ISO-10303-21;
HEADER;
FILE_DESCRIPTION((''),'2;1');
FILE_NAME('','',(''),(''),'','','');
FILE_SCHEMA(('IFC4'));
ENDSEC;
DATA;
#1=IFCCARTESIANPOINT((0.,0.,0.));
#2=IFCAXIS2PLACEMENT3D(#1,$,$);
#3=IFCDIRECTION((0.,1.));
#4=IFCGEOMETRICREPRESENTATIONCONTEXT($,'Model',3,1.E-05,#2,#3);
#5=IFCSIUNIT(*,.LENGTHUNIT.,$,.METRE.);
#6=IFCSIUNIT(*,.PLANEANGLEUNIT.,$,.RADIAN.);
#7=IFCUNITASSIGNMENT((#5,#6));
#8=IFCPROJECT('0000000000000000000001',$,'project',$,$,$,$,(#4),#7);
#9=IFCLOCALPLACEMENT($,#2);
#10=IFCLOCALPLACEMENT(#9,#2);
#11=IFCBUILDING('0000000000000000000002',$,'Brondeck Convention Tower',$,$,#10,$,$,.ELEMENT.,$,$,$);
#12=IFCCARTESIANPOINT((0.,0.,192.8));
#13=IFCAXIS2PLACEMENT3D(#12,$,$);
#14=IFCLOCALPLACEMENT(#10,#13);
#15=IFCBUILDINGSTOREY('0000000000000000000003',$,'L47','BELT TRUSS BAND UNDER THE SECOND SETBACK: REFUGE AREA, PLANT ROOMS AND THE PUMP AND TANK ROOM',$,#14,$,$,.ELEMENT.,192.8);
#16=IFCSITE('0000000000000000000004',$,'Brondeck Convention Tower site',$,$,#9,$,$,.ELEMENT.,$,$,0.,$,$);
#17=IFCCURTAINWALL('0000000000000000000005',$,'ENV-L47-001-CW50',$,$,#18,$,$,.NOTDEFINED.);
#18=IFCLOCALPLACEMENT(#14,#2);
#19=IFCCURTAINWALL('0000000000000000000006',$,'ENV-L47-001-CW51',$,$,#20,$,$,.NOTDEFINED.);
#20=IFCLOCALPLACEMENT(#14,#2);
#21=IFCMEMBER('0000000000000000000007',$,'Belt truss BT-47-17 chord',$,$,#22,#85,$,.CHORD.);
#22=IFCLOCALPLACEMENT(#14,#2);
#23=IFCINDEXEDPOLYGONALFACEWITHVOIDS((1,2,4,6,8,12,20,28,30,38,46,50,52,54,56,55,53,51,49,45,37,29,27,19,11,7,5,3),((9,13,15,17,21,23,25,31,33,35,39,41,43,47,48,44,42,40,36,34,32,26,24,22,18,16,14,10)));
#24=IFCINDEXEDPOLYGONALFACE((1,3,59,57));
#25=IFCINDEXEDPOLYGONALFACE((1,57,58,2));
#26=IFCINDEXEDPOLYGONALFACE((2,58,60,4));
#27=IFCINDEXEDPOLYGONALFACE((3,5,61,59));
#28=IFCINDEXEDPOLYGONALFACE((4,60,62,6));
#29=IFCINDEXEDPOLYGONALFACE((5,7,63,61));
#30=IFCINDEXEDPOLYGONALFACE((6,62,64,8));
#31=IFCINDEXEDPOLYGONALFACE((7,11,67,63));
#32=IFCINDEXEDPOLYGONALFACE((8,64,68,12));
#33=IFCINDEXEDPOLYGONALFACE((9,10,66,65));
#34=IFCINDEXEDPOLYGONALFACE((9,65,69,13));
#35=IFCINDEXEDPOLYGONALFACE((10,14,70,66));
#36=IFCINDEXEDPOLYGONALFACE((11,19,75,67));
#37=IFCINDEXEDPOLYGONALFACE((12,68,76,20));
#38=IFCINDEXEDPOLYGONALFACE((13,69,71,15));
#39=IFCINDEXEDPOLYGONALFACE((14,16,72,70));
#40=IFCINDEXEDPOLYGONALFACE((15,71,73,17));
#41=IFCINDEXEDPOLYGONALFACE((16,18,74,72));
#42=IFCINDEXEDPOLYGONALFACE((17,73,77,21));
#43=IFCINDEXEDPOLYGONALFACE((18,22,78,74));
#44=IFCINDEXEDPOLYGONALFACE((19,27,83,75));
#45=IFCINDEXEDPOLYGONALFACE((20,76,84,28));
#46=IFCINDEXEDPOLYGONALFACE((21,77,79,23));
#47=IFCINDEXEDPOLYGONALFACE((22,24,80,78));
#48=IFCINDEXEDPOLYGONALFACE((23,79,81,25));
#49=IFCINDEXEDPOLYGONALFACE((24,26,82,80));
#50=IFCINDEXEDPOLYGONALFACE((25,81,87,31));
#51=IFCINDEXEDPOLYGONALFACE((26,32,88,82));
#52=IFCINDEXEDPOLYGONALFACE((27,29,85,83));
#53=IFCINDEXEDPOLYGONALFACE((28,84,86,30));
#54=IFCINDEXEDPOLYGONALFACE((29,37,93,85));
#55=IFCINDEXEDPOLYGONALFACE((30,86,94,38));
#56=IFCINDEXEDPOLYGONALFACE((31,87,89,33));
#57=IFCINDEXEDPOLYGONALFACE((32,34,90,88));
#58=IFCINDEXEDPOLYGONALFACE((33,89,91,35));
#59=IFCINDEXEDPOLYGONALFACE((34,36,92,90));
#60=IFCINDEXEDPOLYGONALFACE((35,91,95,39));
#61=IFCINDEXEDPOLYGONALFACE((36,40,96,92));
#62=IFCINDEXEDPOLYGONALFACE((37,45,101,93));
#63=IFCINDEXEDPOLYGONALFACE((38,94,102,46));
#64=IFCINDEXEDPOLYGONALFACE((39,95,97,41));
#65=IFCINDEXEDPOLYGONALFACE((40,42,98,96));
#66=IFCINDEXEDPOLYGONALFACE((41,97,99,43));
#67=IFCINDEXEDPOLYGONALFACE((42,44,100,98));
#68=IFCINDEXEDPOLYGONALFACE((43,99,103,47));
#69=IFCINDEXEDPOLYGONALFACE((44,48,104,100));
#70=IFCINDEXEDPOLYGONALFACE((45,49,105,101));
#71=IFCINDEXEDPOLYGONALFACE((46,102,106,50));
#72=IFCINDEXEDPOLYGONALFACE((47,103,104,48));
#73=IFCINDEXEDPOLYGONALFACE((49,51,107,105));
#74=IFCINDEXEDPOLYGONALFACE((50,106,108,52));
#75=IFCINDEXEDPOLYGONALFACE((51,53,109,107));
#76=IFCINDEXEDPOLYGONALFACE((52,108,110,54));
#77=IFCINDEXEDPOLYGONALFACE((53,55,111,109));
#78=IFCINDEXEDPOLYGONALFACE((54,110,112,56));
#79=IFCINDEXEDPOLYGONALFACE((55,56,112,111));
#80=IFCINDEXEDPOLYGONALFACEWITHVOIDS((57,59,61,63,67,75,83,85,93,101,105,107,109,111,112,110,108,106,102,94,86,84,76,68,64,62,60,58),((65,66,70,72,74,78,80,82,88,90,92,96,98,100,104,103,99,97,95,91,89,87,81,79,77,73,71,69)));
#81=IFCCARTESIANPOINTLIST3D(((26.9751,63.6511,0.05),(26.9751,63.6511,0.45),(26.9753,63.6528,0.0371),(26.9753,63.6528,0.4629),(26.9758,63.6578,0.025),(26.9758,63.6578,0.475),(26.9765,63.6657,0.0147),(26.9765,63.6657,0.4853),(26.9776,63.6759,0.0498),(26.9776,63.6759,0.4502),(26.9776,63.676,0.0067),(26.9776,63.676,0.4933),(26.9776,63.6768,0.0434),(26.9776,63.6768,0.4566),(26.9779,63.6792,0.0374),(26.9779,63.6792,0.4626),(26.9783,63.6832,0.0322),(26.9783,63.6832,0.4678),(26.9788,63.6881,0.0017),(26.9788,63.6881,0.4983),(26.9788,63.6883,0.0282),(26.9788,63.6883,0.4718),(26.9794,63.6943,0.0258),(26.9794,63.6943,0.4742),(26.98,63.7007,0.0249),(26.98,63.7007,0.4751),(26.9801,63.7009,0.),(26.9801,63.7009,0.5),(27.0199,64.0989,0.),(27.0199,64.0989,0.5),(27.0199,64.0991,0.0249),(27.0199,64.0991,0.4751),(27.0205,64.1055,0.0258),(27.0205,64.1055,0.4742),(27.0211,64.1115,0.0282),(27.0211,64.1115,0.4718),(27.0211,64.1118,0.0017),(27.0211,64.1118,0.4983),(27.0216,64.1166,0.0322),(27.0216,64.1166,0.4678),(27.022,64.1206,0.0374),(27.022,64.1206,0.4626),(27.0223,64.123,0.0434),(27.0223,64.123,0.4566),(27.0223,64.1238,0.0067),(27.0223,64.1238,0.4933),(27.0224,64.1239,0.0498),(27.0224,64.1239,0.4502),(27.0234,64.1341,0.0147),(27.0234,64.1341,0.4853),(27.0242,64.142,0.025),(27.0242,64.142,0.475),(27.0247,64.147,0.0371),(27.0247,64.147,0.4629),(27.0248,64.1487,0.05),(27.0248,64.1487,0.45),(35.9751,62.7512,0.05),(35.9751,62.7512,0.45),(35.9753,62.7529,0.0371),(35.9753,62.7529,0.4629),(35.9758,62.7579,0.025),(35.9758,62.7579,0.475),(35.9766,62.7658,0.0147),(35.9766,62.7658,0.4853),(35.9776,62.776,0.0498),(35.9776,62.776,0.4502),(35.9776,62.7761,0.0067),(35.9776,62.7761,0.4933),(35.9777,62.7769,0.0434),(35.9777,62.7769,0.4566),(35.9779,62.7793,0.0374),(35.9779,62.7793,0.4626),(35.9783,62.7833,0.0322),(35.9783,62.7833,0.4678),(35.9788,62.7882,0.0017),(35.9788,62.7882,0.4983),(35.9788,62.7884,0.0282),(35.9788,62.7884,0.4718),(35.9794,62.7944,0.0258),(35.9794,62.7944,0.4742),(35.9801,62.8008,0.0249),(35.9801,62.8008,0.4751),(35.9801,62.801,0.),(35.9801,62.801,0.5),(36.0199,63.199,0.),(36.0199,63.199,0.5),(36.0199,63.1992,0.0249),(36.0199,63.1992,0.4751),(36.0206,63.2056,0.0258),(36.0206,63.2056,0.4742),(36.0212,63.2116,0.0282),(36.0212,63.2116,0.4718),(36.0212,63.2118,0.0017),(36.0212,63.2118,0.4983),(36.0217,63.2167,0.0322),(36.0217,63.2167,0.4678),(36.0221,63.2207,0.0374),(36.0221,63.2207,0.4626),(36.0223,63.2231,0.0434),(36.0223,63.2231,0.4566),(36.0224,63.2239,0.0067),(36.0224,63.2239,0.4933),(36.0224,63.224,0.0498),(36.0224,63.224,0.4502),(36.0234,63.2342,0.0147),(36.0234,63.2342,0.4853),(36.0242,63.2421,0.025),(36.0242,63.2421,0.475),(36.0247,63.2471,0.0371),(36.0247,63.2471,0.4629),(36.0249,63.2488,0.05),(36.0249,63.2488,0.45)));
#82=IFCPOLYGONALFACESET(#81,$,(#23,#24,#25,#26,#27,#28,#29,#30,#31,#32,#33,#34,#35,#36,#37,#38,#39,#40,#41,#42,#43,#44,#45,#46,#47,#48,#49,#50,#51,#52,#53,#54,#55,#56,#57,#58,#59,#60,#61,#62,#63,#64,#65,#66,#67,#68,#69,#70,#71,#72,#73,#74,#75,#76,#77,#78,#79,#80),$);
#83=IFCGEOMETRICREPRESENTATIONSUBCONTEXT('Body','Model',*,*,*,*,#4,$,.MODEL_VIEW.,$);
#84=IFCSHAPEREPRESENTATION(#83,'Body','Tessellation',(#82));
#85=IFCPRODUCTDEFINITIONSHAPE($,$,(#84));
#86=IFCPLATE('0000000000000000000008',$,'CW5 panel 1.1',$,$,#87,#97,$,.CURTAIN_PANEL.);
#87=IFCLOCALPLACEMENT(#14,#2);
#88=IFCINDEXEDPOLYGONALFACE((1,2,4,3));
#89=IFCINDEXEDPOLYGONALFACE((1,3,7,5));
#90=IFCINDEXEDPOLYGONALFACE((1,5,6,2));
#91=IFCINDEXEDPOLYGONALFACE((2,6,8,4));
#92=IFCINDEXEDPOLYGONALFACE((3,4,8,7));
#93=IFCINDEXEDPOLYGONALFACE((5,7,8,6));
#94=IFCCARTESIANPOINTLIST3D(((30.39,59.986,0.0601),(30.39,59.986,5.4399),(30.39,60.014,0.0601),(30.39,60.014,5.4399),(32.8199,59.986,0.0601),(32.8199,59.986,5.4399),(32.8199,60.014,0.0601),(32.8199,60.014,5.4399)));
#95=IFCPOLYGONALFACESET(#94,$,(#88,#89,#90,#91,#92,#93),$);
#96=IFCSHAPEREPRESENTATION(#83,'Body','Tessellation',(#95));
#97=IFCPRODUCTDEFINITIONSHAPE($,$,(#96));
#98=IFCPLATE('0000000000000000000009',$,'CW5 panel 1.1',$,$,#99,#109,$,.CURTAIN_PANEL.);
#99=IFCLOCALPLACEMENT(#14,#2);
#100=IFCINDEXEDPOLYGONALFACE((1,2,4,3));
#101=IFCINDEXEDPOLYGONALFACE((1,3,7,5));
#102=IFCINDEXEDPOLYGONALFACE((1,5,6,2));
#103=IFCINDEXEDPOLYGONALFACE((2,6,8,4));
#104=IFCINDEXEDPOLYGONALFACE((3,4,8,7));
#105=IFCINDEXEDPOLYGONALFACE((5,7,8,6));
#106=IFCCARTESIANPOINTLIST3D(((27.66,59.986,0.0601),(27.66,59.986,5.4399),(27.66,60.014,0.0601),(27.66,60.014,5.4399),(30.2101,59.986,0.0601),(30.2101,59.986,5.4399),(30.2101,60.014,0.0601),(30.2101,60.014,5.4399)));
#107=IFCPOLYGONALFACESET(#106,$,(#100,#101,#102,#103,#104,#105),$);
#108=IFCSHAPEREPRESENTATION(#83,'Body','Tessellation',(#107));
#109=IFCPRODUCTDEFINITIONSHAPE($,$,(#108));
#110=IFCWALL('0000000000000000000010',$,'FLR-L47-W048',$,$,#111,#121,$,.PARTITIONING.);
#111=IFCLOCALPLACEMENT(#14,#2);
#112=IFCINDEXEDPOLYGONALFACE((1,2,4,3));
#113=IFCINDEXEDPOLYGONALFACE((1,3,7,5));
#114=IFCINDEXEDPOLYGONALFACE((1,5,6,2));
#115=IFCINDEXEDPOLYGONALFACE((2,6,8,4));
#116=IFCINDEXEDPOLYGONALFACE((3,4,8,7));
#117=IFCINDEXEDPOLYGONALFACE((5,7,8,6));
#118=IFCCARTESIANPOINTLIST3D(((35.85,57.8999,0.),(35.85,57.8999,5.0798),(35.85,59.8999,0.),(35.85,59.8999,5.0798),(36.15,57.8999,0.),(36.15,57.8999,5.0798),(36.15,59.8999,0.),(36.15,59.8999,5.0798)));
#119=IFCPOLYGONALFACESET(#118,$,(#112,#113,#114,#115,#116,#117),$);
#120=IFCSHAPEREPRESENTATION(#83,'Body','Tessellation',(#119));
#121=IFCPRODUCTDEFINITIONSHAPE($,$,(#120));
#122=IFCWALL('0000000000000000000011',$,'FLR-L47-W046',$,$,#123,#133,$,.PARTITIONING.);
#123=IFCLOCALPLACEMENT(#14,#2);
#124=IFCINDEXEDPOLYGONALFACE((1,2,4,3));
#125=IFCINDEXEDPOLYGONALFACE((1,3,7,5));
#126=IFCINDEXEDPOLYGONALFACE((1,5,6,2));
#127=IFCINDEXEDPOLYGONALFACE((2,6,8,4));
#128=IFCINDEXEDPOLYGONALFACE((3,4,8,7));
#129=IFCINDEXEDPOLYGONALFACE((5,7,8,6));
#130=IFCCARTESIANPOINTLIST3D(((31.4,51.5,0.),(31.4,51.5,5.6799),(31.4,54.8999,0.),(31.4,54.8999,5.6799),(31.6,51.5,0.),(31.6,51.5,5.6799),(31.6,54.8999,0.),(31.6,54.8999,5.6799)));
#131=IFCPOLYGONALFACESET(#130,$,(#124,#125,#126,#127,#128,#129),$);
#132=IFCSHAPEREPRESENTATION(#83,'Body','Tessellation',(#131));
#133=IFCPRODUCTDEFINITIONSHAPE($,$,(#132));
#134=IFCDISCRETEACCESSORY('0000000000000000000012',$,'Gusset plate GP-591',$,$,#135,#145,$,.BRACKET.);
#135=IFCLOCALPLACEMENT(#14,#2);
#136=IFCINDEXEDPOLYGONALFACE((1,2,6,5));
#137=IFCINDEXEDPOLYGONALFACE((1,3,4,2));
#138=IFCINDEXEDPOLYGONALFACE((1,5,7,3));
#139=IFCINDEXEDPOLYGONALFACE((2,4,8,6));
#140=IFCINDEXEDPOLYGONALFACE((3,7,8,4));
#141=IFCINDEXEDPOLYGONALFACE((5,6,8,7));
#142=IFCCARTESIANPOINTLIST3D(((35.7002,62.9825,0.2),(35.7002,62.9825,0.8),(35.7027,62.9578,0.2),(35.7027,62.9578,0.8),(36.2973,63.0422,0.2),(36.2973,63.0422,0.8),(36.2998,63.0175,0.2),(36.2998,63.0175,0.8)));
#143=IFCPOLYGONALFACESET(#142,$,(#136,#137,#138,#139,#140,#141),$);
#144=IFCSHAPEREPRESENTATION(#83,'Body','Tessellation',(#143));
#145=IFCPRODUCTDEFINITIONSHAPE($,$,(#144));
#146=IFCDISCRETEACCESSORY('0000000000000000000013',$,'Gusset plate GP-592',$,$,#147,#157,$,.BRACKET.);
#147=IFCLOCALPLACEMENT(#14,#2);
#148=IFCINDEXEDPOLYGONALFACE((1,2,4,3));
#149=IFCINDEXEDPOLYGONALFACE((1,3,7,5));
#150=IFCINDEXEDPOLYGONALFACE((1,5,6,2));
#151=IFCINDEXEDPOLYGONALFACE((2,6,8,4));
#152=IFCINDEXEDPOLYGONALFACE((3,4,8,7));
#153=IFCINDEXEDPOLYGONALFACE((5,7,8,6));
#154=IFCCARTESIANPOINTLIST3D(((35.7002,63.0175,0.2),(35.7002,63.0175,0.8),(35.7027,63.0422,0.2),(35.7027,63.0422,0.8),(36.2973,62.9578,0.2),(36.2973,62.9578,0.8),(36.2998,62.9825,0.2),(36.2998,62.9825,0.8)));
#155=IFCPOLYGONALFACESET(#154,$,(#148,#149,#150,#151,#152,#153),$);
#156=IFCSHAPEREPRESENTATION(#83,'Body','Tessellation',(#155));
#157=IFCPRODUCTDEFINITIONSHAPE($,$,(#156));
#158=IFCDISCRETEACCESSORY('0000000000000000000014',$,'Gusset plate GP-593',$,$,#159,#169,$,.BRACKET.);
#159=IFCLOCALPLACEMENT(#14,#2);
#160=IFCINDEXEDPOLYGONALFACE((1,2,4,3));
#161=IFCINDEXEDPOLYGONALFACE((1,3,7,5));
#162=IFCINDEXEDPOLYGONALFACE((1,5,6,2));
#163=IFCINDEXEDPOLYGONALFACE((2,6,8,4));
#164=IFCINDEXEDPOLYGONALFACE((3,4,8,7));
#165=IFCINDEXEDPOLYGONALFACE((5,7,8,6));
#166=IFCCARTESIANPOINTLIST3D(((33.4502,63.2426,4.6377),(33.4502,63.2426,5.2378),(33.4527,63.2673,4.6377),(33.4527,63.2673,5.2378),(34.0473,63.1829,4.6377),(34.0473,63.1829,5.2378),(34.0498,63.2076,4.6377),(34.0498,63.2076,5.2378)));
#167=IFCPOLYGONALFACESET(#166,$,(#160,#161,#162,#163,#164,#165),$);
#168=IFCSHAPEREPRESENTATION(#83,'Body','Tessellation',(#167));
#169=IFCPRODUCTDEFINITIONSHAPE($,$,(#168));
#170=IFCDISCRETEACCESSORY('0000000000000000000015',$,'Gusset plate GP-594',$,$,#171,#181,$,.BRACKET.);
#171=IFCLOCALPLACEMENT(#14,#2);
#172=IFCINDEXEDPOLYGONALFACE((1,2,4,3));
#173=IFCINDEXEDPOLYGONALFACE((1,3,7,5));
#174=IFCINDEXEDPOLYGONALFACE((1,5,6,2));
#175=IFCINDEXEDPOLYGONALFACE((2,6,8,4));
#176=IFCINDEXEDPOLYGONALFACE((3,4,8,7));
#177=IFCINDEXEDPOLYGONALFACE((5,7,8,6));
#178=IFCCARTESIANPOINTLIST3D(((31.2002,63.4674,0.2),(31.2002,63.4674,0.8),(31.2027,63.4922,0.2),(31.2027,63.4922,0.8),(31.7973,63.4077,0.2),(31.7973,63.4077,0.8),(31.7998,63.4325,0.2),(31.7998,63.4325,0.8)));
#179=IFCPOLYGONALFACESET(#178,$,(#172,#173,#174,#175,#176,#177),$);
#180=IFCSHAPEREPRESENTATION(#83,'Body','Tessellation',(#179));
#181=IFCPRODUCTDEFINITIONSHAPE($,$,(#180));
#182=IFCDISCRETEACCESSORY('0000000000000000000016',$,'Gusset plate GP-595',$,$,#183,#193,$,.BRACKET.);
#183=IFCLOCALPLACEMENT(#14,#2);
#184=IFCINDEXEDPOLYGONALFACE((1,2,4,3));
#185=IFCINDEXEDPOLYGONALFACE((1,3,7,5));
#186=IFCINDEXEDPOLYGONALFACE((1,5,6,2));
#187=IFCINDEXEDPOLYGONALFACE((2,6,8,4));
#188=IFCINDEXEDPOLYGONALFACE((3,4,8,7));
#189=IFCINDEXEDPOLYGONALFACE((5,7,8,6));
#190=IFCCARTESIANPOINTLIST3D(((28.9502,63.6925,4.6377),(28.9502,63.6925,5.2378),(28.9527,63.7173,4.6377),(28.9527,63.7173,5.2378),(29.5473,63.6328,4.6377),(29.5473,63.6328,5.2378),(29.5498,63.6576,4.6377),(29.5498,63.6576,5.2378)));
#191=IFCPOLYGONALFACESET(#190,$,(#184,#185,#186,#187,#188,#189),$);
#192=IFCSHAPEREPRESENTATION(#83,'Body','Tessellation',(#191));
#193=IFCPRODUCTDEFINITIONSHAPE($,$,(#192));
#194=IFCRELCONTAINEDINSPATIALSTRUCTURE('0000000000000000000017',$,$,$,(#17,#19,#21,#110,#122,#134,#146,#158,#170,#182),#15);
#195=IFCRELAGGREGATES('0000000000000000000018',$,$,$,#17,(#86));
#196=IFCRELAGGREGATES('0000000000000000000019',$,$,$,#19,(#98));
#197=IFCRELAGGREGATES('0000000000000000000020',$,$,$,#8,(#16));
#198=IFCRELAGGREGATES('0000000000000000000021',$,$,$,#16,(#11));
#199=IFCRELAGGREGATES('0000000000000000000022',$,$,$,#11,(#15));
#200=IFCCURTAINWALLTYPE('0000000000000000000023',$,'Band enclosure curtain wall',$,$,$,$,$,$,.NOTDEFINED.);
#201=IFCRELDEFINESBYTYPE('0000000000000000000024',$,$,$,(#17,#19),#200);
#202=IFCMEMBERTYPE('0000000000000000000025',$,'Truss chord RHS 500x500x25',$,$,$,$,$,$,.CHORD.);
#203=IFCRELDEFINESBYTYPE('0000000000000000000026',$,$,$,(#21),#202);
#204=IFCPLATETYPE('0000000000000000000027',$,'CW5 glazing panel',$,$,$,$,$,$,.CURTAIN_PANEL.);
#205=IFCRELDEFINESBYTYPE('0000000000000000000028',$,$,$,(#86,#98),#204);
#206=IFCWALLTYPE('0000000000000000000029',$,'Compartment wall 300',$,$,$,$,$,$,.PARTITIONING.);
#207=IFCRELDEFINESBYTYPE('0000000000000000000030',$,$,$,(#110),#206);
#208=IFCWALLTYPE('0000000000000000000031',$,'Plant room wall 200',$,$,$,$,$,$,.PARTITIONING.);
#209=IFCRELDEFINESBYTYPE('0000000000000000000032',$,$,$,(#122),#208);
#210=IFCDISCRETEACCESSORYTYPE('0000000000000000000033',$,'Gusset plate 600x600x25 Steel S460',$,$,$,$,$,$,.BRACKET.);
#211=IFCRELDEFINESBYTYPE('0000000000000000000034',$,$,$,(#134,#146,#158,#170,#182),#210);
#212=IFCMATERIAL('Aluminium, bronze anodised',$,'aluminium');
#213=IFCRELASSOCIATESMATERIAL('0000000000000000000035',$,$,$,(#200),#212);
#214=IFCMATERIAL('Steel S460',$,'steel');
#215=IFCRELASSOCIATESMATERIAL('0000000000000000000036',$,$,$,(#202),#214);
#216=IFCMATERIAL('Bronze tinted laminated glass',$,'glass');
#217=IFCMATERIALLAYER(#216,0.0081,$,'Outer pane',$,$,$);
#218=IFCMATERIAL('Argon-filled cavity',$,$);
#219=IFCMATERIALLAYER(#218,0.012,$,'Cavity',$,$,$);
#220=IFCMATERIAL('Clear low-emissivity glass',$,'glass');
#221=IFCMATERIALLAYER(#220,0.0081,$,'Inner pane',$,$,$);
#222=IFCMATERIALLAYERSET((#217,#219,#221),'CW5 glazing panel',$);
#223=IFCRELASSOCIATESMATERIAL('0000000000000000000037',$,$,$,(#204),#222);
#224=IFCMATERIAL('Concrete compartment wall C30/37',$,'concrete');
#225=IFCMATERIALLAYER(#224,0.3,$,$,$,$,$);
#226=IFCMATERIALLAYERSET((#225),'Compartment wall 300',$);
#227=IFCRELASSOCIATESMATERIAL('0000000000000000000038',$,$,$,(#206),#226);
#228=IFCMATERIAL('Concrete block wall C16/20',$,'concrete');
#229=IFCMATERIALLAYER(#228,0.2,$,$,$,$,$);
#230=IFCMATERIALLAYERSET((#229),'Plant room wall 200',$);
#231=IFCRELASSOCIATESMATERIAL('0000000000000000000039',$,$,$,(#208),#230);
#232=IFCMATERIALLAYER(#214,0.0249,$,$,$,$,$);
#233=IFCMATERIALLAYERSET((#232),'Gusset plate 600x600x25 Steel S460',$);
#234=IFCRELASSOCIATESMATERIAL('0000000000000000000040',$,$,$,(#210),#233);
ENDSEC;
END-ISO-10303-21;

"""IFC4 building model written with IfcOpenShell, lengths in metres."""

from ifc_helpers import new_model, si_unit, direction, frame, frame_2d, origin, origin_2d, place, context, subcontext, project, spatial, rectangle, hollow_rectangle, extrude, material, layer, layer_set, material_profile, profile_set, type_object, element, aggregate, save


model = new_model("IFC4")

# Units and contexts
model_context = context("Model", 3, precision=1e-05, world=origin(), true_north=direction((0.0, 1.0)))
body_context = subcontext(model_context, "Body", "Model", "MODEL_VIEW")
ifc_project = project(units=[si_unit("LENGTHUNIT", "METRE"), si_unit("PLANEANGLEUNIT", "RADIAN")], contexts=[model_context])

# Site, building, storey
site_placement = place(None, origin())
site = spatial("IfcSite", under=ifc_project, at=site_placement, Name="Brondeck Convention Tower site", CompositionType="ELEMENT", RefElevation=0.0)
building_placement = place(site_placement, origin())
building = spatial("IfcBuilding", under=site, at=building_placement, Name="Brondeck Convention Tower", CompositionType="ELEMENT")
storey_placement = place(building_placement, frame((0.0, 0.0, 192.8)))
storey = spatial("IfcBuildingStorey", under=building, at=storey_placement, Name="L47", Description="BELT TRUSS BAND UNDER THE SECOND SETBACK: REFUGE AREA, PLANT ROOMS AND THE PUMP AND TANK ROOM", CompositionType="ELEMENT", Elevation=192.8)

# Curtain walls
ifc_material_1 = material(Name="Aluminium, bronze anodised", Category="aluminium")
curtain_wall_type = type_object("IfcCurtainWallType", Name="Band enclosure curtain wall", PredefinedType="NOTDEFINED", material=ifc_material_1)
curtain_wall_1_placement = place(storey_placement, origin())
curtain_wall_1 = element("IfcCurtainWall", 1, at=curtain_wall_1_placement, inside=storey, type_object=curtain_wall_type, Name="ENV-L47-001-CW50", PredefinedType="NOTDEFINED")
curtain_wall_2_placement = place(storey_placement, origin())
curtain_wall_2 = element("IfcCurtainWall", 2, at=curtain_wall_2_placement, inside=storey, type_object=curtain_wall_type, Name="ENV-L47-001-CW51", PredefinedType="NOTDEFINED")

# Shared definitions
ifc_material_2 = material(Name="Steel S460", Category="steel")

# Member
ifc_material_profile_1 = material_profile(ifc_material_2, hollow_rectangle(XDim=0.5, YDim=0.5, WallThickness=0.0249, InnerFilletRadius=0.0249, OuterFilletRadius=0.05, at=origin_2d()), Name="RHS 500x500x25")
ifc_profile_set_1 = profile_set([ifc_material_profile_1], Name="Steel S460")
member_type_1 = type_object("IfcMemberType", Name="Truss chord RHS 500x500x25", PredefinedType="CHORD", material=ifc_profile_set_1)
member_1_placement = place(storey_placement, frame((36.0, 63.0, 0.25), z_axis=(-0.995038, 0.099493, 0.0), x_axis=(-0.099493, -0.995038, 0.0)))
element("IfcMember", 3, at=member_1_placement, inside=storey, type_object=member_type_1, Name="Belt truss BT-47-17 chord", PredefinedType="CHORD", context=body_context, shape_type="SweptSolid", body=[
    extrude(hollow_rectangle(XDim=0.5, YDim=0.5, WallThickness=0.0249, InnerFilletRadius=0.0249, OuterFilletRadius=0.05, at=origin_2d()), origin(), (0.0, 0.0, 1.0), 9.0449),
])

# Plates
ifc_material_3 = material(Name="Bronze tinted laminated glass", Category="glass")
ifc_layer_1 = layer(ifc_material_3, 0.0081, Name="Outer pane")
ifc_material_4 = material(Name="Argon-filled cavity")
ifc_layer_2 = layer(ifc_material_4, 0.012, Name="Cavity")
ifc_material_5 = material(Name="Clear low-emissivity glass", Category="glass")
ifc_layer_3 = layer(ifc_material_5, 0.0081, Name="Inner pane")
ifc_layer_set_1 = layer_set([ifc_layer_1, ifc_layer_2, ifc_layer_3], Name="CW5 glazing panel")
plate_type = type_object("IfcPlateType", Name="CW5 glazing panel", PredefinedType="CURTAIN_PANEL", material=ifc_layer_set_1)
plate_1_placement = place(storey_placement, frame((31.605, 60.0, 0.0601), z_axis=(0.0, 0.0, 1.0), x_axis=(1.0, 0.0, 0.0)))
plate_1 = element("IfcPlate", 4, at=plate_1_placement, type_object=plate_type, Name="CW5 panel 1.1", PredefinedType="CURTAIN_PANEL", context=body_context, shape_type="SweptSolid", body=[
    extrude(rectangle(XDim=2.4299, YDim=0.0281, at=origin_2d()), origin(), (0.0, 0.0, 1.0), 5.3799),
])
aggregate(curtain_wall_1, [plate_1])
plate_2_placement = place(storey_placement, frame((28.9351, 60.0, 0.0601), z_axis=(0.0, 0.0, 1.0), x_axis=(1.0, 0.0, 0.0)))
plate_2 = element("IfcPlate", 5, at=plate_2_placement, type_object=plate_type, Name="CW5 panel 1.1", PredefinedType="CURTAIN_PANEL", context=body_context, shape_type="SweptSolid", body=[
    extrude(rectangle(XDim=2.55, YDim=0.0281, at=origin_2d()), origin(), (0.0, 0.0, 1.0), 5.3799),
])
aggregate(curtain_wall_2, [plate_2])

# Walls
ifc_material_6 = material(Name="Concrete compartment wall C30/37", Category="concrete")
ifc_layer_4 = layer(ifc_material_6, 0.3)
ifc_layer_set_2 = layer_set([ifc_layer_4], Name="Compartment wall 300")
wall_type_1 = type_object("IfcWallType", Name="Compartment wall 300", PredefinedType="PARTITIONING", material=ifc_layer_set_2)
wall_1_placement = place(storey_placement, frame((36.0, 59.8999, 0.0), z_axis=(0.0, 0.0, 1.0), x_axis=(0.0, -1.0, 0.0)))
element("IfcWall", 6, at=wall_1_placement, inside=storey, type_object=wall_type_1, Name="FLR-L47-W048", PredefinedType="PARTITIONING", context=body_context, shape_type="SweptSolid", body=[
    extrude(rectangle(XDim=2.0, YDim=0.3, at=frame_2d((1.0, 0.0))), origin(), (0.0, 0.0, 1.0), 5.0798),
])
ifc_material_7 = material(Name="Concrete block wall C16/20", Category="concrete")
ifc_layer_5 = layer(ifc_material_7, 0.2)
ifc_layer_set_3 = layer_set([ifc_layer_5], Name="Plant room wall 200")
wall_type_2 = type_object("IfcWallType", Name="Plant room wall 200", PredefinedType="PARTITIONING", material=ifc_layer_set_3)
wall_2_placement = place(storey_placement, frame((31.5, 54.8999, 0.0), z_axis=(0.0, 0.0, 1.0), x_axis=(0.0, -1.0, 0.0)))
element("IfcWall", 7, at=wall_2_placement, inside=storey, type_object=wall_type_2, Name="FLR-L47-W046", PredefinedType="PARTITIONING", context=body_context, shape_type="SweptSolid", body=[
    extrude(rectangle(XDim=3.3999, YDim=0.2, at=frame_2d((1.7, 0.0))), origin(), (0.0, 0.0, 1.0), 5.6799),
])

# Discrete accessories
ifc_layer_6 = layer(ifc_material_2, 0.0249)
ifc_layer_set_4 = layer_set([ifc_layer_6], Name="Gusset plate 600x600x25 Steel S460")
discrete_accessory_type = type_object("IfcDiscreteAccessoryType", Name="Gusset plate 600x600x25 Steel S460", PredefinedType="BRACKET", material=ifc_layer_set_4)
for number, where, z_axis, x_axis, name in (
    (8, (36.0, 63.0, 0.2), (0.0, 0.0, 1.0), (0.995036, 0.099511, 0.0), "Gusset plate GP-591"),
    (9, (36.0, 63.0, 0.2), (0.0, 0.0, 1.0), (-0.995036, 0.099511, 0.0), "Gusset plate GP-592"),
    (10, (33.75, 63.2251, 4.6377), (0.0, 0.0, 1.0), (-0.995036, 0.099511, 0.0), "Gusset plate GP-593"),
    (11, (31.5, 63.45, 0.2), (0.0, 0.0, 1.0), (-0.995036, 0.099511, 0.0), "Gusset plate GP-594"),
    (12, (29.25, 63.675, 4.6377), (0.0, 0.0, 1.0), (-0.995036, 0.099511, 0.0), "Gusset plate GP-595"),
):
    element("IfcDiscreteAccessory", number, at=place(storey_placement, frame(where, z_axis=z_axis, x_axis=x_axis)), inside=storey, type_object=discrete_accessory_type, Name=name, PredefinedType="BRACKET", context=body_context, shape_type="SweptSolid", body=[
        extrude(rectangle(XDim=0.6001, YDim=0.0249, at=origin_2d()), origin(), (0.0, 0.0, 1.0), 0.6001),
    ])

save(model, "model.ifc")
